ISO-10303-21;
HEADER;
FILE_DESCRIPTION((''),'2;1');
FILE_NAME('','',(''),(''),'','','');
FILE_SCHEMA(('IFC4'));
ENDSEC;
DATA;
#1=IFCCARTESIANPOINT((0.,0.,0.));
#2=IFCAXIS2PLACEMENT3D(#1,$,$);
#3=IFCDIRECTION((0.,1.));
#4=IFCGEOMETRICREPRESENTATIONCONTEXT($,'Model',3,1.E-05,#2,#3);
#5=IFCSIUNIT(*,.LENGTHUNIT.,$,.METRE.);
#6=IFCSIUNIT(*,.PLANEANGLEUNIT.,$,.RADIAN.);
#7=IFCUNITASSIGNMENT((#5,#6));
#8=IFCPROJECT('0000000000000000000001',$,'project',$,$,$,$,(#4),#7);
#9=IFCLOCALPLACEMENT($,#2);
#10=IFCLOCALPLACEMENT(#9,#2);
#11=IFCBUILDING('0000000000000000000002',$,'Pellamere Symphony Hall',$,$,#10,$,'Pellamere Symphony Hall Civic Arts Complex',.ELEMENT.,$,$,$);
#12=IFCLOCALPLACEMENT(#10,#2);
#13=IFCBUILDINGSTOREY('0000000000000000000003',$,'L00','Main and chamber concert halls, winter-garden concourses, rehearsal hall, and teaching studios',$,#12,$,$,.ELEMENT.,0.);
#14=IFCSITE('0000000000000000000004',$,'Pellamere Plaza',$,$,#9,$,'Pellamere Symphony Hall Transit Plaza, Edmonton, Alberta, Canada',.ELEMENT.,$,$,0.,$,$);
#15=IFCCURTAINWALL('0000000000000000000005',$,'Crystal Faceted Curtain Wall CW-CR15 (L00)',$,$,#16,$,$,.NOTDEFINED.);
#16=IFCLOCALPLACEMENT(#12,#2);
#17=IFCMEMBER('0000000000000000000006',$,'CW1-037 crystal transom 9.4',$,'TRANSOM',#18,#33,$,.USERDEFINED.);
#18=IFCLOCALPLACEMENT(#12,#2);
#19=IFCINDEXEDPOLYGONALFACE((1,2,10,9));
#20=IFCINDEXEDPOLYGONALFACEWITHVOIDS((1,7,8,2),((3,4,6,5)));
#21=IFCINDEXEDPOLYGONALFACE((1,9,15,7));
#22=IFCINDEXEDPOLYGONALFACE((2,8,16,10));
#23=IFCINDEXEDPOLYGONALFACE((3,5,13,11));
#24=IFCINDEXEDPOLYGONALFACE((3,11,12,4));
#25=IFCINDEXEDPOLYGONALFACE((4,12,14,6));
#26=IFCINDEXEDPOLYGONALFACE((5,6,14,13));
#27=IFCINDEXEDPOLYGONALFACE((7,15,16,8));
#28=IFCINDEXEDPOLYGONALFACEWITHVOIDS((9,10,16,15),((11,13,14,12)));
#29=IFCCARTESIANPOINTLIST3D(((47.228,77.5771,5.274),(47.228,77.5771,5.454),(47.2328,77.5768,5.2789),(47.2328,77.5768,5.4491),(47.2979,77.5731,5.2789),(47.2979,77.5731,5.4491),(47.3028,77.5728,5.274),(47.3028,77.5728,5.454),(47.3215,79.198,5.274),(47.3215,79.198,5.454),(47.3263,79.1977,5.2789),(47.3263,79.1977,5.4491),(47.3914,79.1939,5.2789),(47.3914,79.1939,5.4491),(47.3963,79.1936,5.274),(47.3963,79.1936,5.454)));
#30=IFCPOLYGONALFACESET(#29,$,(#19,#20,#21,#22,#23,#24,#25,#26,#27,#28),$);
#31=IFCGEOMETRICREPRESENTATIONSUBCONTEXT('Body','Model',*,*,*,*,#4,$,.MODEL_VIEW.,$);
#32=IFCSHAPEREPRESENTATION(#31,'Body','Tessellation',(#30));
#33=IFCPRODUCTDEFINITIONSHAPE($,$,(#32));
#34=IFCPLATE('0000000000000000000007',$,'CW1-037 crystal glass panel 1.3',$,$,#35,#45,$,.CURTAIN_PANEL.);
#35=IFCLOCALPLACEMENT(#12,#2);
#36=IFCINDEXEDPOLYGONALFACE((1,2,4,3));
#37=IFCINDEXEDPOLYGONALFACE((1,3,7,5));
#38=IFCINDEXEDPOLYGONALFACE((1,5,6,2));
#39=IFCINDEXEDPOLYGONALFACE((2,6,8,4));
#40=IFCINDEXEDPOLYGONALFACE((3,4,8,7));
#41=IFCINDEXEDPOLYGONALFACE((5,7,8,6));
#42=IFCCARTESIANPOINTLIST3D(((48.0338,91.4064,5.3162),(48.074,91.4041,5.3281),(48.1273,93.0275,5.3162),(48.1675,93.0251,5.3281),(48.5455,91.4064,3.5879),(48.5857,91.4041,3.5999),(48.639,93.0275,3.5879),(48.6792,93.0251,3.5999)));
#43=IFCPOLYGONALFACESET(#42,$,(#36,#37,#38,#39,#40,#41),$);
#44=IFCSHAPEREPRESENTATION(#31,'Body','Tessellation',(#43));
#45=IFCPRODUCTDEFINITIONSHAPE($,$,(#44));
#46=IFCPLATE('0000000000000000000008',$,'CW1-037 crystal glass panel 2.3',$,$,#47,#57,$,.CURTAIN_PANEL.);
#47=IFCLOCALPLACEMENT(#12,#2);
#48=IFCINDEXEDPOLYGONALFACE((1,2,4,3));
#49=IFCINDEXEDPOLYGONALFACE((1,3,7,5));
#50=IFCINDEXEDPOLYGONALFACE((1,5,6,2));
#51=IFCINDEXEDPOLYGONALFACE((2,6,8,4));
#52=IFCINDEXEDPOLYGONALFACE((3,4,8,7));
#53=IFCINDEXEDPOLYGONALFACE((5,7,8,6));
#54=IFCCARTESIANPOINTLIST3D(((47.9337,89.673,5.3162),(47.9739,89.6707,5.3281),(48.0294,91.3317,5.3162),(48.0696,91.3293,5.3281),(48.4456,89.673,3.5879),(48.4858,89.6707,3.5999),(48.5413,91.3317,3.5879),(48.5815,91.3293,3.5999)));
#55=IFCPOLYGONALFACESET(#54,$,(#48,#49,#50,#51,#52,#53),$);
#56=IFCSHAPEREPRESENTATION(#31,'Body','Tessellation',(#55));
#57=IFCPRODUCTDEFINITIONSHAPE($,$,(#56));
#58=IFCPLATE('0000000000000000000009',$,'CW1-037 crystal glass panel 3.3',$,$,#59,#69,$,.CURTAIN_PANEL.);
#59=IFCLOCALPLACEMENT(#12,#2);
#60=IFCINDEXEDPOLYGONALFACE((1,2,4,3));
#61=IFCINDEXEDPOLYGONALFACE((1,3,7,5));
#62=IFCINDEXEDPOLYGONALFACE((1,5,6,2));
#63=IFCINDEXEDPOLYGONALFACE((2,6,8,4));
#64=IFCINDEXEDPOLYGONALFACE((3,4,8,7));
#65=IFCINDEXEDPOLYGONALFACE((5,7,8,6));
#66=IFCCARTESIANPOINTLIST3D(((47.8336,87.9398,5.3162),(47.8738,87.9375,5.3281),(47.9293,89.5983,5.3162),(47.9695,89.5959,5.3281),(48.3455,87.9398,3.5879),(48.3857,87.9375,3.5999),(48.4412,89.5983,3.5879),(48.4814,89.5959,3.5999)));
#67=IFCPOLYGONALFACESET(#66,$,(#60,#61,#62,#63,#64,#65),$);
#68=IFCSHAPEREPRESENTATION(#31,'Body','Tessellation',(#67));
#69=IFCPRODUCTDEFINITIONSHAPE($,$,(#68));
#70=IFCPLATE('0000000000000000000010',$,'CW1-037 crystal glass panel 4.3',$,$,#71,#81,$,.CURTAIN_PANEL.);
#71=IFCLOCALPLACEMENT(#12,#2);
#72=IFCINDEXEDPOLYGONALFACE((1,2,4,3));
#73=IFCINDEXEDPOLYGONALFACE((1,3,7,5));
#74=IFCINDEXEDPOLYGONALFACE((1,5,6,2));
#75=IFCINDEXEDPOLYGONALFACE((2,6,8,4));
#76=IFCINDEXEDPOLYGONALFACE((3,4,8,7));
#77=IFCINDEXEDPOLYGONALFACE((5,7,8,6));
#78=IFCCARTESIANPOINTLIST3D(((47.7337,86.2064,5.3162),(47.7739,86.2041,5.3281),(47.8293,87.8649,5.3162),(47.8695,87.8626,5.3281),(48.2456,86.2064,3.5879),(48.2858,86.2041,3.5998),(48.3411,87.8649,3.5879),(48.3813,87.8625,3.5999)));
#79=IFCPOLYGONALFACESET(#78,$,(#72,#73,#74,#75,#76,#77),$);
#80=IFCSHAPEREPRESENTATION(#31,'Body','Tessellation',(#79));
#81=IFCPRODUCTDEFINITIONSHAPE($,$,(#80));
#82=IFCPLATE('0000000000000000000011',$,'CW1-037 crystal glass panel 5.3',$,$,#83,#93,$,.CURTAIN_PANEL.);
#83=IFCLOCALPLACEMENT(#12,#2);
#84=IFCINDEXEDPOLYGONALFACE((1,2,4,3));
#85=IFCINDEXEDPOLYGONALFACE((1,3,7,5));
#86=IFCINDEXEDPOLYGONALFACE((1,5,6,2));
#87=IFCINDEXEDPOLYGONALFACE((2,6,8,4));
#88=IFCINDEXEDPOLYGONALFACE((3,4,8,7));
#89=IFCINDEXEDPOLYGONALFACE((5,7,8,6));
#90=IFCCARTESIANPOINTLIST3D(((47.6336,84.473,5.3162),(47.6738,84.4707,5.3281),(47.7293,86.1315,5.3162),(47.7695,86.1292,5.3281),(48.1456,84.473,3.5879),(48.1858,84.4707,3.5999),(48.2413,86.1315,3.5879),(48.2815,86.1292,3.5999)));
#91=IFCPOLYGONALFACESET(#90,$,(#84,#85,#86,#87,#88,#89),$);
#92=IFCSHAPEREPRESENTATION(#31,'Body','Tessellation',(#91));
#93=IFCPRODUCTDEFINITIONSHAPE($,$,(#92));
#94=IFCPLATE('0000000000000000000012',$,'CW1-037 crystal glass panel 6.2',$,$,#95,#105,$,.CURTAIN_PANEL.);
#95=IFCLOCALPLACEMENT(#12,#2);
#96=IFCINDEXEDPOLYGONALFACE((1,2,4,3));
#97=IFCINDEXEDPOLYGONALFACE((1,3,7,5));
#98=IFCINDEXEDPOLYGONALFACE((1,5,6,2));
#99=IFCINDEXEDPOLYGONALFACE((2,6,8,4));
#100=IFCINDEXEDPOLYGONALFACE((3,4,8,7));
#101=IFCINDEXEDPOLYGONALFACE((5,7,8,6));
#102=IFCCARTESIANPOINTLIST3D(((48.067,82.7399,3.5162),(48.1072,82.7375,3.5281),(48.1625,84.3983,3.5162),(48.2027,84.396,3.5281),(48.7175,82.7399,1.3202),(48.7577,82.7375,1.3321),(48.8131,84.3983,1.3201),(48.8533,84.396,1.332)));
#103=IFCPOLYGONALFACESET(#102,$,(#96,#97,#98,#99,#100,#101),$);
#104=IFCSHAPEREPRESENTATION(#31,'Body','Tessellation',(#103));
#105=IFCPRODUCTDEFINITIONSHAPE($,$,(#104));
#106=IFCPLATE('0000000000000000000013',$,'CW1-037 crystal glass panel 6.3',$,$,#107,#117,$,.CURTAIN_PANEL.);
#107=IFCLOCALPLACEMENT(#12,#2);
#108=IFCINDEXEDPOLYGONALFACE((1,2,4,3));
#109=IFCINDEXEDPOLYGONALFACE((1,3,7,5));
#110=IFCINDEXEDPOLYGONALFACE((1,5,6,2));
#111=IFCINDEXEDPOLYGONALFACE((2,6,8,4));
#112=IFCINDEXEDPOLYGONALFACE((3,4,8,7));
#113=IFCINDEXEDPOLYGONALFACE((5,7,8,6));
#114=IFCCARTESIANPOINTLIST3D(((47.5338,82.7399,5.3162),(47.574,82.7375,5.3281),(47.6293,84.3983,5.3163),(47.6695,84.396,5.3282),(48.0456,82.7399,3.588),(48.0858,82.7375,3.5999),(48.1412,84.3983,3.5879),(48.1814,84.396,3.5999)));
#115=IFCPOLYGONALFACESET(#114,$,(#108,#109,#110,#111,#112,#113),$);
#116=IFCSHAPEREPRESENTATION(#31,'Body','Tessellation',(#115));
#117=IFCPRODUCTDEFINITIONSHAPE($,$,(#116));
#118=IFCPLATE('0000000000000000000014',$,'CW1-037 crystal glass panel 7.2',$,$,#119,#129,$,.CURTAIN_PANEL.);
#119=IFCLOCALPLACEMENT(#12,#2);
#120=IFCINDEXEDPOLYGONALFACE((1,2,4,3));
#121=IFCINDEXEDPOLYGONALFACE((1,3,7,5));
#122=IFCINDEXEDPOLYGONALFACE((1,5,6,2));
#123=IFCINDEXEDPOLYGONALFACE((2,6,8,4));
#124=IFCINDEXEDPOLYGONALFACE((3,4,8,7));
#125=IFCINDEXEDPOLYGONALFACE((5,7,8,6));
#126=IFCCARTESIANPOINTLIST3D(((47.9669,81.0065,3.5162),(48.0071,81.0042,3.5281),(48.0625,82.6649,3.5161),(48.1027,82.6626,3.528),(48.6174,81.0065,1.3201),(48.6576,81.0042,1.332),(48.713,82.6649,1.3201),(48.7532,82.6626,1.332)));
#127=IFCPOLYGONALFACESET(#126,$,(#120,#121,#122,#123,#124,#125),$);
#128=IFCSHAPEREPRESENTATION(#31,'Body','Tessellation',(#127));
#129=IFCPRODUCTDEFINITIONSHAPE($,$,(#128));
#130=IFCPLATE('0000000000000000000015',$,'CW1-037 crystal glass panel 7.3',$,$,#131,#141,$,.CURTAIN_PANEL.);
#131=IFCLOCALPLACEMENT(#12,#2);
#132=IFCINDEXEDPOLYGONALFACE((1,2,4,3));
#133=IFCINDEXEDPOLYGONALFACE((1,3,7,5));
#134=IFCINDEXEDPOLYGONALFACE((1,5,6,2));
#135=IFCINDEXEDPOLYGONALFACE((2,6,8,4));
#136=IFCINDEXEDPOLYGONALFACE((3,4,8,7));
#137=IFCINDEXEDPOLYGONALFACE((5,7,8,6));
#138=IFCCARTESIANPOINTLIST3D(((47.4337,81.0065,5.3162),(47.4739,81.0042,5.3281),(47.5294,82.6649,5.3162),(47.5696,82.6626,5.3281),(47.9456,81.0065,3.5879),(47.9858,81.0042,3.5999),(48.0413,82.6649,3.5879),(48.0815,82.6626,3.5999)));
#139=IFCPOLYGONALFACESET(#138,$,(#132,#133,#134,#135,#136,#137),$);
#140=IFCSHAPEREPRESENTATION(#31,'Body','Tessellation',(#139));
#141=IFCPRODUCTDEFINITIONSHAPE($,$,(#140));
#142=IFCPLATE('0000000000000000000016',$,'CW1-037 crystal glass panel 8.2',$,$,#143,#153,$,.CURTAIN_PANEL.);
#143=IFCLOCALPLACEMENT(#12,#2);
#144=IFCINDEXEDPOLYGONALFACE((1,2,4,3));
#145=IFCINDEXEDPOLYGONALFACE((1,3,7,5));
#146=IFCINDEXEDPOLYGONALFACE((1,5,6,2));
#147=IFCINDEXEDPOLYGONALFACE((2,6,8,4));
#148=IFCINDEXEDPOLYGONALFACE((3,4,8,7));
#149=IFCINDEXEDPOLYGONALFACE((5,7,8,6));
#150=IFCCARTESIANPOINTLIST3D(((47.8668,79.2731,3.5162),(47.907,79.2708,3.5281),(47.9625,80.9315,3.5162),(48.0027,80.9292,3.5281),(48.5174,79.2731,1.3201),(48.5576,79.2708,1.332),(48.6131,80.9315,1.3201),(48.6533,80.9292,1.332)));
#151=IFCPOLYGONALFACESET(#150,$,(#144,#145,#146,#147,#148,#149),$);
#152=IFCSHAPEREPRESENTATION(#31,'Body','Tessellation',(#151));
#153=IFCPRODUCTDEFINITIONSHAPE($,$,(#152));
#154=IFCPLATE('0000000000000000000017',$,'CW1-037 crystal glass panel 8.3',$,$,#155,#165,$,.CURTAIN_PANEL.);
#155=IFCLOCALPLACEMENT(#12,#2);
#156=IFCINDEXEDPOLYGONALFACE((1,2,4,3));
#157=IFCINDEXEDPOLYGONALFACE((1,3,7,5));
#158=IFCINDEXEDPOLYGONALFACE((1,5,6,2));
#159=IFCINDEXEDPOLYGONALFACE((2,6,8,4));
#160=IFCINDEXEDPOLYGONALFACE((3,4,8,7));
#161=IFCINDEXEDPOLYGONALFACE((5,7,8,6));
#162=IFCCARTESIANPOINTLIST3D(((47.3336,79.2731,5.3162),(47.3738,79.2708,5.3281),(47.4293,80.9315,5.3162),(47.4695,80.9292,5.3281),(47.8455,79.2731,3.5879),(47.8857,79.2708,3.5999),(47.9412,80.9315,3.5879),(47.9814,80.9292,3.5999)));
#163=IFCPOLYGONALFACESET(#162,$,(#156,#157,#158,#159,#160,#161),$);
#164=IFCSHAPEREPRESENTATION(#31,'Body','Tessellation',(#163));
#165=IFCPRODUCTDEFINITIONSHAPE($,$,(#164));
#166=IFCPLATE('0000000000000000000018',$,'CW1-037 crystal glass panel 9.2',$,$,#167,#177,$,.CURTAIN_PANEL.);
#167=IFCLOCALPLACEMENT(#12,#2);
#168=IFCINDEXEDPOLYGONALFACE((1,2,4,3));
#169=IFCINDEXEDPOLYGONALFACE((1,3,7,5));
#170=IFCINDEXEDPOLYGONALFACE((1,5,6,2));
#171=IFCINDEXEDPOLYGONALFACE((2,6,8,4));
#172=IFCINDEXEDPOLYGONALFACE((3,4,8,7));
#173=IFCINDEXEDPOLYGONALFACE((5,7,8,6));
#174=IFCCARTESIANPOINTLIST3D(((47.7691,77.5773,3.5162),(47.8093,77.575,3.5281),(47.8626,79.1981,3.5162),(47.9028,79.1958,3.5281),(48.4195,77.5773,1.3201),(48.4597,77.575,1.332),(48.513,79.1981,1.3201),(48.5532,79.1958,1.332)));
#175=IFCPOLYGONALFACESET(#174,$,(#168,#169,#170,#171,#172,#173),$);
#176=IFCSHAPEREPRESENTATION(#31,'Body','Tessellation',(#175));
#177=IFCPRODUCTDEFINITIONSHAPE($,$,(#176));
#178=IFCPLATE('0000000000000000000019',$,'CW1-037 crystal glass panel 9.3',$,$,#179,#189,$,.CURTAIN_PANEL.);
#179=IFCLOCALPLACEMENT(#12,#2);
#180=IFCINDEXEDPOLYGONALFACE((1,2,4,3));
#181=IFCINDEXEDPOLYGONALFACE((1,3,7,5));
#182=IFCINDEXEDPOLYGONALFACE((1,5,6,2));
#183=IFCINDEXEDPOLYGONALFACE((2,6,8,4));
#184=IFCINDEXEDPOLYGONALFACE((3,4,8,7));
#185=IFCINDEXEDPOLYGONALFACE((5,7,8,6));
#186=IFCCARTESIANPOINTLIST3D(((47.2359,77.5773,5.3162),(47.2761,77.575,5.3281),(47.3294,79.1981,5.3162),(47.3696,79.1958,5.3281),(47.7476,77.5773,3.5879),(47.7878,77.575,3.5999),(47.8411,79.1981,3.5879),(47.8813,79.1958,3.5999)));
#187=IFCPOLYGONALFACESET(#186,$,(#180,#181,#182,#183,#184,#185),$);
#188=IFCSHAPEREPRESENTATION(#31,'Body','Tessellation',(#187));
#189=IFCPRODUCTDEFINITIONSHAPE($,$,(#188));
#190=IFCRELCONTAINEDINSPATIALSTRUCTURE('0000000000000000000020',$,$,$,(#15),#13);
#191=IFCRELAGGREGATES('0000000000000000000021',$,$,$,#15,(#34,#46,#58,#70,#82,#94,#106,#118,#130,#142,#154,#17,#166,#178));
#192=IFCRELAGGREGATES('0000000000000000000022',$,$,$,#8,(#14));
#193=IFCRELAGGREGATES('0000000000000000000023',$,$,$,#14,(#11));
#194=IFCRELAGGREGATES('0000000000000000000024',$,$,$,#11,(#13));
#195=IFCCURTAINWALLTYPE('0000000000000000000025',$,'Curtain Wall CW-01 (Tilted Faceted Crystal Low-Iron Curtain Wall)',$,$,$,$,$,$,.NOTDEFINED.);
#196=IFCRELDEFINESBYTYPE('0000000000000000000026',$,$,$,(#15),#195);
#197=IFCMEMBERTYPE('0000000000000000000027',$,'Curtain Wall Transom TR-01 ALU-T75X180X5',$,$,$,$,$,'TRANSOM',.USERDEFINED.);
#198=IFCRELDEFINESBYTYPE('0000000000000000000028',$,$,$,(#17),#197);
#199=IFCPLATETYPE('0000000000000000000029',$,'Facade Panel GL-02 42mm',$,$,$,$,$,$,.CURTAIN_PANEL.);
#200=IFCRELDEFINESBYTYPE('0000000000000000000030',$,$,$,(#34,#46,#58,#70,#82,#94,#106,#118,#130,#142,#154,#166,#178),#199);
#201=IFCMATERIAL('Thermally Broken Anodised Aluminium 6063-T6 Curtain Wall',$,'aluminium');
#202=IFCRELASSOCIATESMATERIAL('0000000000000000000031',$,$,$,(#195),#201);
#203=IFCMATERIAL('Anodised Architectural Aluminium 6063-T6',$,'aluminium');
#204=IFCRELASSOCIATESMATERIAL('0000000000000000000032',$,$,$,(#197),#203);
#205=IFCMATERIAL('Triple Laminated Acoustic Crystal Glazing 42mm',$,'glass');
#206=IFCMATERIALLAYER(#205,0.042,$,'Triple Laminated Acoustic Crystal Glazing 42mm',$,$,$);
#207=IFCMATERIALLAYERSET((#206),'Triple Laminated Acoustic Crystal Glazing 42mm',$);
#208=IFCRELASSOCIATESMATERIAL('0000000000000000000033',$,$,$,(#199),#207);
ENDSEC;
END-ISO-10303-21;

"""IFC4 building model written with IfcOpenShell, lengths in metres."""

from ifc_helpers import new_model, si_unit, direction, frame, origin, origin_2d, place, context, subcontext, project, spatial, polyline, hollow_rectangle, outline, extrude, material, layer, layer_set, material_profile, profile_set, type_object, element, aggregate, save


model = new_model("IFC4")

# Units and contexts
model_context = context("Model", 3, precision=1e-05, world=origin(), true_north=direction((0.0, 1.0)))
body_context = subcontext(model_context, "Body", "Model", "MODEL_VIEW")
ifc_project = project(units=[si_unit("LENGTHUNIT", "METRE"), si_unit("PLANEANGLEUNIT", "RADIAN")], contexts=[model_context])

# Site, building, storey
site_placement = place(None, origin())
site = spatial("IfcSite", under=ifc_project, at=site_placement, Name="Pellamere Plaza", LongName="Pellamere Symphony Hall Transit Plaza, Edmonton, Alberta, Canada", CompositionType="ELEMENT", RefElevation=0.0)
building_placement = place(site_placement, origin())
building = spatial("IfcBuilding", under=site, at=building_placement, Name="Pellamere Symphony Hall", LongName="Pellamere Symphony Hall Civic Arts Complex", CompositionType="ELEMENT")
storey_placement = place(building_placement, origin())
storey = spatial("IfcBuildingStorey", under=building, at=storey_placement, Name="L00", Description="Main and chamber concert halls, winter-garden concourses, rehearsal hall, and teaching studios", CompositionType="ELEMENT", Elevation=0.0)

# Curtain wall, member, plates
ifc_material_1 = material(Name="Thermally Broken Anodised Aluminium 6063-T6 Curtain Wall", Category="aluminium")
curtain_wall_type = type_object("IfcCurtainWallType", Name="Curtain Wall CW-01 (Tilted Faceted Crystal Low-Iron Curtain Wall)", PredefinedType="NOTDEFINED", material=ifc_material_1)
curtain_wall_placement = place(storey_placement, origin())
curtain_wall = element("IfcCurtainWall", 1, at=curtain_wall_placement, inside=storey, type_object=curtain_wall_type, Name="Crystal Faceted Curtain Wall CW-CR15 (L00)", PredefinedType="NOTDEFINED")
ifc_material_2 = material(Name="Anodised Architectural Aluminium 6063-T6", Category="aluminium")
ifc_material_profile_1 = material_profile(ifc_material_2, hollow_rectangle(XDim=0.075, YDim=0.1799, WallThickness=0.0049, at=origin_2d()), Name="ALU-T75X180X5")
ifc_profile_set_1 = profile_set([ifc_material_profile_1], Name="Anodised Architectural Aluminium 6063-T6")
member_type_1 = type_object("IfcMemberType", Name="Curtain Wall Transom TR-01 ALU-T75X180X5", ElementType="TRANSOM", PredefinedType="USERDEFINED", material=ifc_profile_set_1)
member_1_placement = place(storey_placement, frame((47.3589, 79.1958, 5.364), z_axis=(-0.057594, -0.99834, 0.0), x_axis=(0.99834, -0.057594, 0.0)))
member_1 = element("IfcMember", 2, at=member_1_placement, type_object=member_type_1, Name="CW1-037 crystal transom 9.4", ObjectType="TRANSOM", PredefinedType="USERDEFINED", context=body_context, shape_type="SweptSolid", body=[
    extrude(hollow_rectangle(XDim=0.075, YDim=0.1799, WallThickness=0.0049, at=origin_2d()), origin(), (0.0, 0.0, 1.0), 1.6235),
])
ifc_material_3 = material(Name="Triple Laminated Acoustic Crystal Glazing 42mm", Category="glass")
ifc_layer_1 = layer(ifc_material_3, 0.042, Name="Triple Laminated Acoustic Crystal Glazing 42mm")
ifc_layer_set_1 = layer_set([ifc_layer_1], Name="Triple Laminated Acoustic Crystal Glazing 42mm")
plate_type_1 = type_object("IfcPlateType", Name="Facade Panel GL-02 42mm", PredefinedType="CURTAIN_PANEL", material=ifc_layer_set_1)
plate_1_placement = place(storey_placement, frame((48.6792, 93.0251, 3.5999), z_axis=(0.95739, -0.055223, 0.283471), x_axis=(-0.057585, -0.998341, 0.0)))
plate_1 = element("IfcPlate", 3, at=plate_1_placement, type_object=plate_type_1, Name="CW1-037 crystal glass panel 1.3", PredefinedType="CURTAIN_PANEL", context=body_context, shape_type="SweptSolid", body=[
    extrude(outline(polyline([(0.0, 0.0), (1.6238, 0.0), (1.6533, -1.8022), (0.0295, -1.8022), (0.0, 0.0)])), origin(), (0.0, 0.0, -1.0), 0.042),
])
plate_2_placement = place(storey_placement, frame((48.5815, 91.3293, 3.5999), z_axis=(0.957352, -0.055237, 0.283595), x_axis=(-0.057602, -0.99834, 0.0)))
plate_2 = element("IfcPlate", 4, at=plate_2_placement, type_object=plate_type_1, Name="CW1-037 crystal glass panel 2.3", PredefinedType="CURTAIN_PANEL", context=body_context, shape_type="SweptSolid", body=[
    extrude(outline(polyline([(0.0, 0.0), (1.6615, 0.0), (1.6909, -1.8023), (0.0295, -1.8023), (0.0, 0.0)])), origin(), (0.0, 0.0, -1.0), 0.042),
])
plate_3_placement = place(storey_placement, frame((48.4814, 89.5959, 3.5999), z_axis=(0.957352, -0.055245, 0.283595), x_axis=(-0.057611, -0.998339, 0.0)))
plate_3 = element("IfcPlate", 5, at=plate_3_placement, type_object=plate_type_1, Name="CW1-037 crystal glass panel 3.3", PredefinedType="CURTAIN_PANEL", context=body_context, shape_type="SweptSolid", body=[
    extrude(outline(polyline([(0.0, 0.0), (1.6612, 0.0), (1.6907, -1.8023), (0.0295, -1.8023), (0.0, 0.0)])), origin(), (0.0, 0.0, -1.0), 0.042),
])
plate_4_placement = place(storey_placement, frame((48.3813, 87.8625, 3.5999), z_axis=(0.957374, -0.055176, 0.283534), x_axis=(-0.057531, -0.998344, -0.00002)))
plate_4 = element("IfcPlate", 6, at=plate_4_placement, type_object=plate_type_1, Name="CW1-037 crystal glass panel 4.3", PredefinedType="CURTAIN_PANEL", context=body_context, shape_type="SweptSolid", body=[
    extrude(outline(polyline([(0.0, 0.0), (1.6612, 0.0), (1.6906, -1.8023), (0.0294, -1.8022), (0.0, 0.0)])), origin(), (0.0, 0.0, -1.0), 0.042),
])
plate_5_placement = place(storey_placement, frame((48.2815, 86.1292, 3.5999), z_axis=(0.957352, -0.055245, 0.283595), x_axis=(-0.057611, -0.998339, 0.0)))
plate_5 = element("IfcPlate", 7, at=plate_5_placement, type_object=plate_type_1, Name="CW1-037 crystal glass panel 5.3", PredefinedType="CURTAIN_PANEL", context=body_context, shape_type="SweptSolid", body=[
    extrude(outline(polyline([(0.0, 0.0), (1.6612, 0.0), (1.6907, -1.8023), (0.0295, -1.8023), (0.0, 0.0)])), origin(), (0.0, 0.0, -1.0), 0.042),
])
plate_6_placement = place(storey_placement, frame((48.8533, 84.396, 1.332), z_axis=(0.957357, -0.055175, 0.283589), x_axis=(-0.057543, -0.998343, 0.00002)))
plate_6 = element("IfcPlate", 8, at=plate_6_placement, type_object=plate_type_1, Name="CW1-037 crystal glass panel 6.2", PredefinedType="CURTAIN_PANEL", context=body_context, shape_type="SweptSolid", body=[
    extrude(outline(polyline([(0.0, 0.0), (1.6612, 0.0), (1.6987, -2.29), (0.0375, -2.2901), (0.0, 0.0)])), origin(), (0.0, 0.0, -1.0), 0.042),
])
plate_7_placement = place(storey_placement, frame((48.1814, 84.396, 3.5999), z_axis=(0.957374, -0.055176, 0.283534), x_axis=(-0.057543, -0.998343, 0.00002)))
plate_7 = element("IfcPlate", 9, at=plate_7_placement, type_object=plate_type_1, Name="CW1-037 crystal glass panel 6.3", PredefinedType="CURTAIN_PANEL", context=body_context, shape_type="SweptSolid", body=[
    extrude(outline(polyline([(0.0, 0.0), (1.6612, 0.0), (1.6907, -1.8022), (0.0295, -1.8023), (0.0, 0.0)])), origin(), (0.0, 0.0, -1.0), 0.042),
])
plate_8_placement = place(storey_placement, frame((48.7532, 82.6626, 1.332), z_axis=(0.957357, -0.055175, 0.283589), x_axis=(-0.057531, -0.998344, -0.00002)))
plate_8 = element("IfcPlate", 10, at=plate_8_placement, type_object=plate_type_1, Name="CW1-037 crystal glass panel 7.2", PredefinedType="CURTAIN_PANEL", context=body_context, shape_type="SweptSolid", body=[
    extrude(outline(polyline([(0.0, 0.0), (1.6612, 0.0), (1.6986, -2.2901), (0.0374, -2.29), (0.0, 0.0)])), origin(), (0.0, 0.0, -1.0), 0.042),
])
plate_9_placement = place(storey_placement, frame((48.0815, 82.6626, 3.5999), z_axis=(0.957352, -0.055245, 0.283595), x_axis=(-0.057611, -0.998339, 0.0)))
plate_9 = element("IfcPlate", 11, at=plate_9_placement, type_object=plate_type_1, Name="CW1-037 crystal glass panel 7.3", PredefinedType="CURTAIN_PANEL", context=body_context, shape_type="SweptSolid", body=[
    extrude(outline(polyline([(0.0, 0.0), (1.6612, 0.0), (1.6907, -1.8023), (0.0295, -1.8023), (0.0, 0.0)])), origin(), (0.0, 0.0, -1.0), 0.042),
])
plate_10_placement = place(storey_placement, frame((48.6533, 80.9292, 1.332), z_axis=(0.957339, -0.055245, 0.283636), x_axis=(-0.057611, -0.998339, 0.0)))
plate_10 = element("IfcPlate", 12, at=plate_10_placement, type_object=plate_type_1, Name="CW1-037 crystal glass panel 8.2", PredefinedType="CURTAIN_PANEL", context=body_context, shape_type="SweptSolid", body=[
    extrude(outline(polyline([(0.0, 0.0), (1.6612, 0.0), (1.6987, -2.2901), (0.0375, -2.2901), (0.0, 0.0)])), origin(), (0.0, 0.0, -1.0), 0.042),
])
plate_11_placement = place(storey_placement, frame((47.9814, 80.9292, 3.5999), z_axis=(0.957352, -0.055245, 0.283595), x_axis=(-0.057611, -0.998339, 0.0)))
plate_11 = element("IfcPlate", 13, at=plate_11_placement, type_object=plate_type_1, Name="CW1-037 crystal glass panel 8.3", PredefinedType="CURTAIN_PANEL", context=body_context, shape_type="SweptSolid", body=[
    extrude(outline(polyline([(0.0, 0.0), (1.6612, 0.0), (1.6907, -1.8023), (0.0295, -1.8023), (0.0, 0.0)])), origin(), (0.0, 0.0, -1.0), 0.042),
])
plate_12_placement = place(storey_placement, frame((48.5532, 79.1958, 1.332), z_axis=(0.957369, -0.05523, 0.283539), x_axis=(-0.057594, -0.99834, 0.0)))
plate_12 = element("IfcPlate", 14, at=plate_12_placement, type_object=plate_type_1, Name="CW1-037 crystal glass panel 9.2", PredefinedType="CURTAIN_PANEL", context=body_context, shape_type="SweptSolid", body=[
    extrude(outline(polyline([(0.0, 0.0), (1.6235, 0.0), (1.661, -2.29), (0.0375, -2.29), (0.0, 0.0)])), origin(), (0.0, 0.0, -1.0), 0.042),
])
plate_13_placement = place(storey_placement, frame((47.8813, 79.1958, 3.5999), z_axis=(0.957389, -0.055231, 0.28347), x_axis=(-0.057594, -0.99834, 0.0)))
plate_13 = element("IfcPlate", 15, at=plate_13_placement, type_object=plate_type_1, Name="CW1-037 crystal glass panel 9.3", PredefinedType="CURTAIN_PANEL", context=body_context, shape_type="SweptSolid", body=[
    extrude(outline(polyline([(0.0, 0.0), (1.6235, 0.0), (1.653, -1.8022), (0.0295, -1.8022), (0.0, 0.0)])), origin(), (0.0, 0.0, -1.0), 0.042),
])
aggregate(curtain_wall, [plate_1, plate_2, plate_3, plate_4, plate_5, plate_6, plate_7, plate_8, plate_9, plate_10, plate_11, member_1, plate_12, plate_13])

save(model, "model.ifc")
